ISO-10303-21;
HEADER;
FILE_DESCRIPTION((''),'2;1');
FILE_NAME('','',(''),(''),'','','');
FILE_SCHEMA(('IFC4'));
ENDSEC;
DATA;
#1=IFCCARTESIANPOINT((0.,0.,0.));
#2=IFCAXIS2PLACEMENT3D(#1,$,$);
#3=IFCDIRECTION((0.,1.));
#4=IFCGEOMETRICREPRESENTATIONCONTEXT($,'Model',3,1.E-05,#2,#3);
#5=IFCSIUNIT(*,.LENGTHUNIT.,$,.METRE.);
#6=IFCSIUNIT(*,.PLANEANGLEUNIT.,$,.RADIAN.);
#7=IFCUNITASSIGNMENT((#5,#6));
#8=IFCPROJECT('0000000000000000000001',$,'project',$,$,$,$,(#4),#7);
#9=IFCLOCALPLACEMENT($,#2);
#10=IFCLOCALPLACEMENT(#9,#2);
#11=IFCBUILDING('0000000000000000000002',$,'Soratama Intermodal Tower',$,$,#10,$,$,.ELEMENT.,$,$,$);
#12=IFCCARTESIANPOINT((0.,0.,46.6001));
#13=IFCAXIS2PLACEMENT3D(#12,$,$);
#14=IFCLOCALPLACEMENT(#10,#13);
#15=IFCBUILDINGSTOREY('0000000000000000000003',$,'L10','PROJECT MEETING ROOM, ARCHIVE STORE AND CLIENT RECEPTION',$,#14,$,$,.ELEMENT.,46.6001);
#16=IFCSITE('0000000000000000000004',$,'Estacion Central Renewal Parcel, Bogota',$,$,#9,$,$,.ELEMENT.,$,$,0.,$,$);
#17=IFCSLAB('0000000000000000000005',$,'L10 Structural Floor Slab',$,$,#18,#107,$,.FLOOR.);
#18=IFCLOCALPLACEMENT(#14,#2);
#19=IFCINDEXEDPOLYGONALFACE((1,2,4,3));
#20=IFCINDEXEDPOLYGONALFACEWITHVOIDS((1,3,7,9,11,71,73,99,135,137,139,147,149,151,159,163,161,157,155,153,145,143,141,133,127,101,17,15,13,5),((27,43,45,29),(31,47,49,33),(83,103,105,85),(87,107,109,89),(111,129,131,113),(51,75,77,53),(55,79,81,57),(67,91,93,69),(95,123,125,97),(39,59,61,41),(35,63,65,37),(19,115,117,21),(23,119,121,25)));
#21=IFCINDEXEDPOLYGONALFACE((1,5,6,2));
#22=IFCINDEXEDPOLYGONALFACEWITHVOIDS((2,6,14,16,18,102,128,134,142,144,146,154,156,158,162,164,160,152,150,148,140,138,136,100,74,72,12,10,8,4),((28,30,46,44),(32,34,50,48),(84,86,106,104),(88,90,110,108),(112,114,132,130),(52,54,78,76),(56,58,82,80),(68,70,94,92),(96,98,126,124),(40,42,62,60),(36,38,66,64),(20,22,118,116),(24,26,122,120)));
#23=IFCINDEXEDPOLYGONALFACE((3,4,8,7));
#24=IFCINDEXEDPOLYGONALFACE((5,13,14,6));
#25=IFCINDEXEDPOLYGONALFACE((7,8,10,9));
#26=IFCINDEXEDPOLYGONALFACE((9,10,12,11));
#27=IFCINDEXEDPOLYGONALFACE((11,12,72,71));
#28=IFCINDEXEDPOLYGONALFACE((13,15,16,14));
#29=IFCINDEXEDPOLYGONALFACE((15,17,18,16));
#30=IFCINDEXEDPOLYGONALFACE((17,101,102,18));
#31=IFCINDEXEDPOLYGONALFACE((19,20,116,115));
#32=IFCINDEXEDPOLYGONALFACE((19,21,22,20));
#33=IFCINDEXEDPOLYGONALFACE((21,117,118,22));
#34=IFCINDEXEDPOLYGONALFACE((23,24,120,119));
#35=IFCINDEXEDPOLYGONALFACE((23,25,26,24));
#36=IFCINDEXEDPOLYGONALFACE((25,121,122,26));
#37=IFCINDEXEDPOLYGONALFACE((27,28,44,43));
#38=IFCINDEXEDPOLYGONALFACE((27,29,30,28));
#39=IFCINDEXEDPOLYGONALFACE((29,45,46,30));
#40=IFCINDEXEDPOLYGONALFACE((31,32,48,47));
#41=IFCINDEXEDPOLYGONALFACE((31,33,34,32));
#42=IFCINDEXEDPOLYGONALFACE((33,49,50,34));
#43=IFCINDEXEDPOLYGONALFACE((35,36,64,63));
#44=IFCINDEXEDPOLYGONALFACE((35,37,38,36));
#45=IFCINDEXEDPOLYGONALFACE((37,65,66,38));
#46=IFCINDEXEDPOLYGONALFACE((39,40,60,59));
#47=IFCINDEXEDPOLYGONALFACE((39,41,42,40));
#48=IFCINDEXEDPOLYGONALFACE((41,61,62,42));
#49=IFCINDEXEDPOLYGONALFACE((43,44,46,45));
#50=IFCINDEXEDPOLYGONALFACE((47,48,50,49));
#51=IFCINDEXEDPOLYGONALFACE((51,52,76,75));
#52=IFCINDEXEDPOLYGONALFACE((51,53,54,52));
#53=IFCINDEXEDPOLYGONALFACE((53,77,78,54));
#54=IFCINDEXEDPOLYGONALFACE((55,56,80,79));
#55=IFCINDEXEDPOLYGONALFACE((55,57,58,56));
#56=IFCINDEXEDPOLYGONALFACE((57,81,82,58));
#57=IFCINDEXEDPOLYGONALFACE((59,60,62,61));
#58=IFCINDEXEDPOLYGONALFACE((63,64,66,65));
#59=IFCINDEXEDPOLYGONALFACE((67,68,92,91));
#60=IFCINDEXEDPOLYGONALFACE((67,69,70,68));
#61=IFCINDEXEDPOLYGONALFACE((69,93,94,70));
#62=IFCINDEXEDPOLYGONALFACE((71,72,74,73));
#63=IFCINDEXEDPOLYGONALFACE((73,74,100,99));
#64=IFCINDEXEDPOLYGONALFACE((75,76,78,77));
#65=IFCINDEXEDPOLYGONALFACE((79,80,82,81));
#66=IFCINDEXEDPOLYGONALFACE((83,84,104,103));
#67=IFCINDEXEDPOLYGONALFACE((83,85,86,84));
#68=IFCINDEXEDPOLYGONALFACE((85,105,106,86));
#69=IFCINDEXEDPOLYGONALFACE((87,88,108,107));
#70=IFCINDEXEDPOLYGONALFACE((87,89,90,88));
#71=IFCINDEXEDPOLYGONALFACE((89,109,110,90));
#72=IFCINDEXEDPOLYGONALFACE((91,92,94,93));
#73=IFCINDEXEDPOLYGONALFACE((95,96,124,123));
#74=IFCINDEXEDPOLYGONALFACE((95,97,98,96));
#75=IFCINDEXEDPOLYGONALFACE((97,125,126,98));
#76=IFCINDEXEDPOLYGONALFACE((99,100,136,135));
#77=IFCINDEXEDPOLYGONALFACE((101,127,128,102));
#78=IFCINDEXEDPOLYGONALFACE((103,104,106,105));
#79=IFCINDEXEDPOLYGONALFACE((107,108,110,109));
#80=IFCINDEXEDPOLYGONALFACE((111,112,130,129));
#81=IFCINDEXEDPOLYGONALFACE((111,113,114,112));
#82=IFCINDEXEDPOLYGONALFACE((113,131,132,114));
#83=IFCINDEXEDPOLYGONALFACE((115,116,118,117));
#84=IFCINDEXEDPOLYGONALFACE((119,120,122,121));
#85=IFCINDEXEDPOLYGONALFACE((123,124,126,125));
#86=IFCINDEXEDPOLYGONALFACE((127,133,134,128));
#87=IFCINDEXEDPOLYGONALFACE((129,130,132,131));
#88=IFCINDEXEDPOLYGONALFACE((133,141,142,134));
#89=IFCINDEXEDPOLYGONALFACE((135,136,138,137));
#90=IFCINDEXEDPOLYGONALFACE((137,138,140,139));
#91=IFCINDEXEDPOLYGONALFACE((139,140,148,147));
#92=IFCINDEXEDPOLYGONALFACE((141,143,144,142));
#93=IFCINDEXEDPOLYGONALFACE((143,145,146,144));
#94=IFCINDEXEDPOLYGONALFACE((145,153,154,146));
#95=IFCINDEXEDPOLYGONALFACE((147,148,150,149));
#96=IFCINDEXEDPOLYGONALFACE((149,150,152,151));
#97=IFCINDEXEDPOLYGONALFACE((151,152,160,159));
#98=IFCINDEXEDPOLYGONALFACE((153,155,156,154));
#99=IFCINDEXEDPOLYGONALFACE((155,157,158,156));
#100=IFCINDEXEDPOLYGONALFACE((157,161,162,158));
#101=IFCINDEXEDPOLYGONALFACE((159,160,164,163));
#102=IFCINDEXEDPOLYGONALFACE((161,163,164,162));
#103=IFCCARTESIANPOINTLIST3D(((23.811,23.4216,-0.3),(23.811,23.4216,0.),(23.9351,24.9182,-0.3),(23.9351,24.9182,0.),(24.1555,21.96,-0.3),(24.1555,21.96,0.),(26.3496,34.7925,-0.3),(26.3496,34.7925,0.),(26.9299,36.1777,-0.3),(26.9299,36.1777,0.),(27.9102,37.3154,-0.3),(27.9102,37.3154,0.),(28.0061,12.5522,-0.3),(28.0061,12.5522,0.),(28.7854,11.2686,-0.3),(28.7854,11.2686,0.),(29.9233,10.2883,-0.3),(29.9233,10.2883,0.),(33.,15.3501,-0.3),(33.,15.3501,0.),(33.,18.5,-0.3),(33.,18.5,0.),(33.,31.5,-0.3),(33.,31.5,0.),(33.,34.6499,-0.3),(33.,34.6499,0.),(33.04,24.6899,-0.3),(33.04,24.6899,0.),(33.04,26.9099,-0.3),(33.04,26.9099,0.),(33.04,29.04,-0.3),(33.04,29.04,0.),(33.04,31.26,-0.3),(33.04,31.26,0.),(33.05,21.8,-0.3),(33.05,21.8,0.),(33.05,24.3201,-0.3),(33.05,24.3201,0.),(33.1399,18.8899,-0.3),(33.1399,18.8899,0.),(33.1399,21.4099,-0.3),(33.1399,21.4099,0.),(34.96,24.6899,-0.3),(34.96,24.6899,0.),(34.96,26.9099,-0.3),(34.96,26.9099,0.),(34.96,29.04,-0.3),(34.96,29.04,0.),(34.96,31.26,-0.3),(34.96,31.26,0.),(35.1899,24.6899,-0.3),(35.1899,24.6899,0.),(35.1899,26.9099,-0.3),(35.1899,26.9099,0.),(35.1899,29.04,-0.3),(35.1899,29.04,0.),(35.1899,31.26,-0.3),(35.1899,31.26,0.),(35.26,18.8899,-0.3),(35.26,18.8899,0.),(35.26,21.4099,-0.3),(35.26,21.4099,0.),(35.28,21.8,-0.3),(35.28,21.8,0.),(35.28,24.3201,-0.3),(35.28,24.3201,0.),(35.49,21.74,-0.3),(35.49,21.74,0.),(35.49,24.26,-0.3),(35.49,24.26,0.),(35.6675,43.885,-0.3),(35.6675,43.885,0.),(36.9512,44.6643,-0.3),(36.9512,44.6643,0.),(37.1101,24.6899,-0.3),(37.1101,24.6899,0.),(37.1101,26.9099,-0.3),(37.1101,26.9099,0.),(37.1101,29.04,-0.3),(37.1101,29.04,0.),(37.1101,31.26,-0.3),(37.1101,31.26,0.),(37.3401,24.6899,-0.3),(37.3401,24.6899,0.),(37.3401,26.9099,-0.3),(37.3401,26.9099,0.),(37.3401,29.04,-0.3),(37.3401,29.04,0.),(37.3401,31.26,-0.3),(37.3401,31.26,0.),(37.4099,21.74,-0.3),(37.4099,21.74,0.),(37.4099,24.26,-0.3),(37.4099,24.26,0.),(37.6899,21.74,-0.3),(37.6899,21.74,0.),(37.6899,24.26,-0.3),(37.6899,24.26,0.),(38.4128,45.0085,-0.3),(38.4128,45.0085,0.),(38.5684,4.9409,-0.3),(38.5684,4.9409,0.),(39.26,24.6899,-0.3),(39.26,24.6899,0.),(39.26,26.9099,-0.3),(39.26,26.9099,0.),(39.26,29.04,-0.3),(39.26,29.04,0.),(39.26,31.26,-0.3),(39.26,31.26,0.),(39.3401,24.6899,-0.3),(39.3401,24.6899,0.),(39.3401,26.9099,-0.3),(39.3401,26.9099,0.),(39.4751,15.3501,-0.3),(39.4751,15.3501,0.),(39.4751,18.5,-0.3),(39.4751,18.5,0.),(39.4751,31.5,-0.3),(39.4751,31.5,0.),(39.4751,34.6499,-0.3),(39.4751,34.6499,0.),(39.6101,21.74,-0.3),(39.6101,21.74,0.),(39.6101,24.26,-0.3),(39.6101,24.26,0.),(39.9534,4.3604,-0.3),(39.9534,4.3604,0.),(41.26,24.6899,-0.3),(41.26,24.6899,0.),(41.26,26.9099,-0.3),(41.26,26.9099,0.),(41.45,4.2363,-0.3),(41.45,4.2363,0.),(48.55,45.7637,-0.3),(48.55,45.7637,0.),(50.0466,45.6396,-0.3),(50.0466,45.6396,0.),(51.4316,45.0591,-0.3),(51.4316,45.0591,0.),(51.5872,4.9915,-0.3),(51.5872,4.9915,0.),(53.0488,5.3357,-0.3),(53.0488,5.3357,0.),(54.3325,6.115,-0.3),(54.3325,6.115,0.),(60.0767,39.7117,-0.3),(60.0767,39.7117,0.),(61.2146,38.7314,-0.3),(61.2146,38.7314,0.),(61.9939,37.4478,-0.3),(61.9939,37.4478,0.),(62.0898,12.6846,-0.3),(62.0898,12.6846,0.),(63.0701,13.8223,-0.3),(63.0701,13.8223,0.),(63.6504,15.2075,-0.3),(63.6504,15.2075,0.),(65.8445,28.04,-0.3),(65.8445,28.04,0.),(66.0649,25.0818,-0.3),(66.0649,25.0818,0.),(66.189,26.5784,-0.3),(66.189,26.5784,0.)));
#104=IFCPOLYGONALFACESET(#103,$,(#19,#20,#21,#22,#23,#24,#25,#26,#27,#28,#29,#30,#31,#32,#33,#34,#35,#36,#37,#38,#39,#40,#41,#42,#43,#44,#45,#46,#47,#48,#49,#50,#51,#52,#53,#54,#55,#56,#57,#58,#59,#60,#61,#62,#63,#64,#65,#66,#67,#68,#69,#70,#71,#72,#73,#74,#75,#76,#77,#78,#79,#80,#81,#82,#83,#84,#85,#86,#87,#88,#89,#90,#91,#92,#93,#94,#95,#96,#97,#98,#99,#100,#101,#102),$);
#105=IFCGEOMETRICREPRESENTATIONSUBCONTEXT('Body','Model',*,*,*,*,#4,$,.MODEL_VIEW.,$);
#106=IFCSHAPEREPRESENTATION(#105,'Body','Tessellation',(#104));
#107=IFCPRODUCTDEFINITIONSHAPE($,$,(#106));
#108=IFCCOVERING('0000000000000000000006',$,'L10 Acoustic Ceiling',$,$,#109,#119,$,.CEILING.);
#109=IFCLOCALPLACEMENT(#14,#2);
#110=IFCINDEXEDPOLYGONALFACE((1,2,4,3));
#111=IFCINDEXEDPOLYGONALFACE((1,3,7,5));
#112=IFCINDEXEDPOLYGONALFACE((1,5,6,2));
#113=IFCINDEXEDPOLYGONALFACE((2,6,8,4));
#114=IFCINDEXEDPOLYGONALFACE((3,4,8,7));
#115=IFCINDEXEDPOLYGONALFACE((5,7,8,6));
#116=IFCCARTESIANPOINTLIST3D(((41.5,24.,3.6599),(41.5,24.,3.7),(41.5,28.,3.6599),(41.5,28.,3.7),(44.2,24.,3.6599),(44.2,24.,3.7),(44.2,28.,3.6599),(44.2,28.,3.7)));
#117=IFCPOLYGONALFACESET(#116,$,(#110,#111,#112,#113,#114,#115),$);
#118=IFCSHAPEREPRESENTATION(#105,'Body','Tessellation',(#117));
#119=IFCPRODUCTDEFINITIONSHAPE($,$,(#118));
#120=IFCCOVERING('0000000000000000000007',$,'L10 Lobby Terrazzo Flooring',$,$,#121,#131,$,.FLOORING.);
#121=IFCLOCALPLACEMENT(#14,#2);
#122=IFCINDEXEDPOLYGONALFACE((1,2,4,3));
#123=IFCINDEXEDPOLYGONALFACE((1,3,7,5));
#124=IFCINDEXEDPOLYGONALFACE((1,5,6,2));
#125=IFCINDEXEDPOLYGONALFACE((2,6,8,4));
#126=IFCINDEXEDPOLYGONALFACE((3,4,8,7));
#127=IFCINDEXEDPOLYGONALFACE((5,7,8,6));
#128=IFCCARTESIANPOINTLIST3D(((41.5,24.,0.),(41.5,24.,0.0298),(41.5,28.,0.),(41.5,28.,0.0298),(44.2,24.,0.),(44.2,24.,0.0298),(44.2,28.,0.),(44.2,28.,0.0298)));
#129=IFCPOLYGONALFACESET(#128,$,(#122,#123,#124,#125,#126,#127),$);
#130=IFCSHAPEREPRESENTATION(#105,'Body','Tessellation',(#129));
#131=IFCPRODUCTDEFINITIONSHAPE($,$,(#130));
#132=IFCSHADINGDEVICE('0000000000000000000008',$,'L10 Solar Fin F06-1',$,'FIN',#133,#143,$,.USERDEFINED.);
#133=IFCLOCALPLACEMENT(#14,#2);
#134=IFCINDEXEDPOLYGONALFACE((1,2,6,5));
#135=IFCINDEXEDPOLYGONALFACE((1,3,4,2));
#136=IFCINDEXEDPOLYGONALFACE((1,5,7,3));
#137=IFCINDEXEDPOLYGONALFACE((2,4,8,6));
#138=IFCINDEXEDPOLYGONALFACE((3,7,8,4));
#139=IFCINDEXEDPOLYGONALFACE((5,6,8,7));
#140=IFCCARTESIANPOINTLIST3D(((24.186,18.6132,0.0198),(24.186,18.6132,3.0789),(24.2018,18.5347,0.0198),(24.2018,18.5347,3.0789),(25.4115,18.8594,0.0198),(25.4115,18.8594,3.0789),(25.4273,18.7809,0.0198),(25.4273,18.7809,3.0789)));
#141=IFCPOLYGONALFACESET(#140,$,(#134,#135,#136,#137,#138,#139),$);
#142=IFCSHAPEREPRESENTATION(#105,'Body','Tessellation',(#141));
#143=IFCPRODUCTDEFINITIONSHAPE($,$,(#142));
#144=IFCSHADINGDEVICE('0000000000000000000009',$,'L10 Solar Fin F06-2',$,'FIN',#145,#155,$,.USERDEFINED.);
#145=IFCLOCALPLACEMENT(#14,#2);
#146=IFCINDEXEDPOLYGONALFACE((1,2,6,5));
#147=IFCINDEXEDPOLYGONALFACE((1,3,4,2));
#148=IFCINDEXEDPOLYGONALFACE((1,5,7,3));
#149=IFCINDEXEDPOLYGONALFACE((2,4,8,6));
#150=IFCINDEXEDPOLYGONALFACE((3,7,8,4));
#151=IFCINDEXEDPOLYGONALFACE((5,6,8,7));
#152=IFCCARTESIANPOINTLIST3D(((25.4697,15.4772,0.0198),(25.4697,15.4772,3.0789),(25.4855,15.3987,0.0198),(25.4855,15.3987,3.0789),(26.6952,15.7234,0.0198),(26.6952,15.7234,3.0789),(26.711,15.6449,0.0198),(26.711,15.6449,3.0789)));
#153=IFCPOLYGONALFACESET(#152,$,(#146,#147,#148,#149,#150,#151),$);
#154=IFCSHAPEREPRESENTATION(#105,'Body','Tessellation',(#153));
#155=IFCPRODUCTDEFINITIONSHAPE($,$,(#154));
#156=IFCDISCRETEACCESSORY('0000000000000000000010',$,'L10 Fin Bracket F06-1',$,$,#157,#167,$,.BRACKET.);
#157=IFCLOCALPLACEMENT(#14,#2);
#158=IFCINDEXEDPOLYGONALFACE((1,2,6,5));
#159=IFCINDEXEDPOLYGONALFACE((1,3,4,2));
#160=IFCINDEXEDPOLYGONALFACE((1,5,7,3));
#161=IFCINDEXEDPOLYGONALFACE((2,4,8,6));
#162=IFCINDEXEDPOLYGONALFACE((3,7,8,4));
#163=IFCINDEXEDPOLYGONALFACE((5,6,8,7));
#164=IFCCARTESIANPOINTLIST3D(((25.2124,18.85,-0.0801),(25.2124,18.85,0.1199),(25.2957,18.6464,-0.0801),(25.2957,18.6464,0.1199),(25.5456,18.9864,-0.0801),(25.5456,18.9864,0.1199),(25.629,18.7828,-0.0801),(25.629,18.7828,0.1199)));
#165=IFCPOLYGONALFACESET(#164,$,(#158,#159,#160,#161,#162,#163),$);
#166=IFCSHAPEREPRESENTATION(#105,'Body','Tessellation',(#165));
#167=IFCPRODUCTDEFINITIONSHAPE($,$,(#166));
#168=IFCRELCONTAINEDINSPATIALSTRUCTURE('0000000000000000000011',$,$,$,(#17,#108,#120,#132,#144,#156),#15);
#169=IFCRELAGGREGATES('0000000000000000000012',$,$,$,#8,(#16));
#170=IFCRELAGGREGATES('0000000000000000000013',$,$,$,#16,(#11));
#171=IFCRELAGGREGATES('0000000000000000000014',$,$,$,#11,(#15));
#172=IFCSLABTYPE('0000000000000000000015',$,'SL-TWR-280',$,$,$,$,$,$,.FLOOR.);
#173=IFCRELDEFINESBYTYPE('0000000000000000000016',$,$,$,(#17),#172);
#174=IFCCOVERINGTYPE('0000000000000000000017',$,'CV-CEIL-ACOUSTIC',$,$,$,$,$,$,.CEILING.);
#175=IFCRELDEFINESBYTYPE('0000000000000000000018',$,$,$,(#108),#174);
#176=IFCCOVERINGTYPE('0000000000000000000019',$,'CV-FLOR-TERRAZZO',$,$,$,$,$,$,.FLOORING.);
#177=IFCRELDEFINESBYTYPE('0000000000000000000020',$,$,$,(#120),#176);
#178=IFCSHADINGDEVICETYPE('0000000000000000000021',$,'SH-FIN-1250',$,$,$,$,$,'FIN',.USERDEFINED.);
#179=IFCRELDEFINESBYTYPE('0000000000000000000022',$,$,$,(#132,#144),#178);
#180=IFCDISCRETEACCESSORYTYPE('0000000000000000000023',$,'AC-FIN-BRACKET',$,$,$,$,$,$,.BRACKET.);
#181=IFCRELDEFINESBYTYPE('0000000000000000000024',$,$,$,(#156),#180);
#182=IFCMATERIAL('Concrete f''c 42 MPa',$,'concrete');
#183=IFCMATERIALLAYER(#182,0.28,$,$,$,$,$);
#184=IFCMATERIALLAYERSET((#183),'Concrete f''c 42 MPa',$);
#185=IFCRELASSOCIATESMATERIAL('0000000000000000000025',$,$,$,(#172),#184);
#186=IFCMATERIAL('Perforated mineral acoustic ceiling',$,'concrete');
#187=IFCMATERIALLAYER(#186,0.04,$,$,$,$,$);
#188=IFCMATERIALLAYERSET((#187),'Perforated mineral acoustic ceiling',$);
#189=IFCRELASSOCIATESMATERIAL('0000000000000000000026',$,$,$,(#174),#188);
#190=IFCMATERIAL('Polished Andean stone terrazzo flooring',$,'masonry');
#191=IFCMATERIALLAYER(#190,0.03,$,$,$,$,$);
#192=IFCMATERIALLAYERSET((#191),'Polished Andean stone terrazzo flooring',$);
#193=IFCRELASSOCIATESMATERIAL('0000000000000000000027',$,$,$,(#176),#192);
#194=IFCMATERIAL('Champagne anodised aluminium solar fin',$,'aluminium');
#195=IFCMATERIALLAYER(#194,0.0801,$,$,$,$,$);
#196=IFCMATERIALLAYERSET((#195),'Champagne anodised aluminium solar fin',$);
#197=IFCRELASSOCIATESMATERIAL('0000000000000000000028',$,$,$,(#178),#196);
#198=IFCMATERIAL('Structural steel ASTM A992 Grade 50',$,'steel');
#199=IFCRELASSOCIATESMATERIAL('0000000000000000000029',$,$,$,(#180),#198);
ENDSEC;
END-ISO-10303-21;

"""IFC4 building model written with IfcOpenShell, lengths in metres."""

from ifc_helpers import new_model, si_unit, direction, frame, origin, origin_2d, place, context, subcontext, project, spatial, polyline, rectangle, outline, extrude, material, layer, layer_set, type_object, element, save


model = new_model("IFC4")

# Units and contexts
model_context = context("Model", 3, precision=1e-05, world=origin(), true_north=direction((0.0, 1.0)))
body_context = subcontext(model_context, "Body", "Model", "MODEL_VIEW")
ifc_project = project(units=[si_unit("LENGTHUNIT", "METRE"), si_unit("PLANEANGLEUNIT", "RADIAN")], contexts=[model_context])

# Site, building, storey
site_placement = place(None, origin())
site = spatial("IfcSite", under=ifc_project, at=site_placement, Name="Estacion Central Renewal Parcel, Bogota", CompositionType="ELEMENT", RefElevation=0.0)
building_placement = place(site_placement, origin())
building = spatial("IfcBuilding", under=site, at=building_placement, Name="Soratama Intermodal Tower", CompositionType="ELEMENT")
storey_placement = place(building_placement, frame((0.0, 0.0, 46.6001)))
storey = spatial("IfcBuildingStorey", under=building, at=storey_placement, Name="L10", Description="PROJECT MEETING ROOM, ARCHIVE STORE AND CLIENT RECEPTION", CompositionType="ELEMENT", Elevation=46.6001)

# Slab
ifc_material_1 = material(Name="Concrete f'c 42 MPa", Category="concrete")
ifc_layer_1 = layer(ifc_material_1, 0.28)
ifc_layer_set_1 = layer_set([ifc_layer_1], Name="Concrete f'c 42 MPa")
slab_type_1 = type_object("IfcSlabType", Name="SL-TWR-280", PredefinedType="FLOOR", material=ifc_layer_set_1)
slab_1_placement = place(storey_placement, frame((0.0, 0.0, -0.3)))
element("IfcSlab", 1, at=slab_1_placement, inside=storey, type_object=slab_type_1, Name="L10 Structural Floor Slab", PredefinedType="FLOOR", context=body_context, shape_type="SweptSolid", body=[
    extrude(outline(polyline([(66.0649, 25.0818), (66.189, 26.5784), (65.8445, 28.04), (61.9939, 37.4478), (61.2146, 38.7314), (60.0767, 39.7117), (51.4316, 45.0591), (50.0466, 45.6396), (48.55, 45.7637), (38.4128, 45.0085), (36.9512, 44.6643), (35.6675, 43.885), (27.9102, 37.3154), (26.9299, 36.1777), (26.3496, 34.7925), (23.9351, 24.9182), (23.811, 23.4216), (24.1555, 21.96), (28.0061, 12.5522), (28.7854, 11.2686), (29.9233, 10.2883), (38.5684, 4.9409), (39.9534, 4.3604), (41.45, 4.2363), (51.5872, 4.9915), (53.0488, 5.3357), (54.3325, 6.115), (62.0898, 12.6846), (63.0701, 13.8223), (63.6504, 15.2075), (66.0649, 25.0818)]), holes=[polyline([(33.0, 18.5), (33.0, 15.3501), (39.4751, 15.3501), (39.4751, 18.5), (33.0, 18.5)]), polyline([(35.26, 18.8899), (35.26, 21.4099), (33.1399, 21.4099), (33.1399, 18.8899), (35.26, 18.8899)]), polyline([(33.05, 21.8), (35.28, 21.8), (35.28, 24.3201), (33.05, 24.3201), (33.05, 21.8)]), polyline([(34.96, 26.9099), (33.04, 26.9099), (33.04, 24.6899), (34.96, 24.6899), (34.96, 26.9099)]), polyline([(37.1101, 24.6899), (37.1101, 26.9099), (35.1899, 26.9099), (35.1899, 24.6899), (37.1101, 24.6899)]), polyline([(34.96, 29.04), (34.96, 31.26), (33.04, 31.26), (33.04, 29.04), (34.96, 29.04)]), polyline([(37.1101, 31.26), (35.1899, 31.26), (35.1899, 29.04), (37.1101, 29.04), (37.1101, 31.26)]), polyline([(37.4099, 21.74), (37.4099, 24.26), (35.49, 24.26), (35.49, 21.74), (37.4099, 21.74)]), polyline([(39.6101, 21.74), (39.6101, 24.26), (37.6899, 24.26), (37.6899, 21.74), (39.6101, 21.74)]), polyline([(39.26, 24.6899), (39.26, 26.9099), (37.3401, 26.9099), (37.3401, 24.6899), (39.26, 24.6899)]), polyline([(41.26, 24.6899), (41.26, 26.9099), (39.3401, 26.9099), (39.3401, 24.6899), (41.26, 24.6899)]), polyline([(39.26, 29.04), (39.26, 31.26), (37.3401, 31.26), (37.3401, 29.04), (39.26, 29.04)]), polyline([(39.4751, 34.6499), (33.0, 34.6499), (33.0, 31.5), (39.4751, 31.5), (39.4751, 34.6499)])]), origin(), (0.0, 0.0, 1.0), 0.3),
])

# Coverings
ifc_material_2 = material(Name="Perforated mineral acoustic ceiling", Category="concrete")
ifc_layer_2 = layer(ifc_material_2, 0.04)
ifc_layer_set_2 = layer_set([ifc_layer_2], Name="Perforated mineral acoustic ceiling")
covering_type_1 = type_object("IfcCoveringType", Name="CV-CEIL-ACOUSTIC", PredefinedType="CEILING", material=ifc_layer_set_2)
covering_1_placement = place(storey_placement, frame((0.0, 0.0, 3.6599)))
element("IfcCovering", 2, at=covering_1_placement, inside=storey, type_object=covering_type_1, Name="L10 Acoustic Ceiling", PredefinedType="CEILING", context=body_context, shape_type="SweptSolid", body=[
    extrude(outline(polyline([(41.5, 24.0), (44.2, 24.0), (44.2, 28.0), (41.5, 28.0), (41.5, 24.0)])), origin(), (0.0, 0.0, 1.0), 0.04),
])
ifc_material_3 = material(Name="Polished Andean stone terrazzo flooring", Category="masonry")
ifc_layer_3 = layer(ifc_material_3, 0.03)
ifc_layer_set_3 = layer_set([ifc_layer_3], Name="Polished Andean stone terrazzo flooring")
covering_type_2 = type_object("IfcCoveringType", Name="CV-FLOR-TERRAZZO", PredefinedType="FLOORING", material=ifc_layer_set_3)
covering_2_placement = place(storey_placement, origin())
element("IfcCovering", 3, at=covering_2_placement, inside=storey, type_object=covering_type_2, Name="L10 Lobby Terrazzo Flooring", PredefinedType="FLOORING", context=body_context, shape_type="SweptSolid", body=[
    extrude(outline(polyline([(41.5, 24.0), (44.2, 24.0), (44.2, 28.0), (41.5, 28.0), (41.5, 24.0)])), origin(), (0.0, 0.0, 1.0), 0.0298),
])

# Shading devices
ifc_material_4 = material(Name="Champagne anodised aluminium solar fin", Category="aluminium")
ifc_layer_4 = layer(ifc_material_4, 0.0801)
ifc_layer_set_4 = layer_set([ifc_layer_4], Name="Champagne anodised aluminium solar fin")
shading_device_type = type_object("IfcShadingDeviceType", Name="SH-FIN-1250", ElementType="FIN", PredefinedType="USERDEFINED", material=ifc_layer_set_4)
for number, where, z_axis, x_axis, name in (
    (4, (24.8066, 18.697, 0.0198), (0.0, 0.0, 1.0), (-0.980409, -0.196973, 0.0), "L10 Solar Fin F06-1"),
    (5, (26.0903, 15.561, 0.0198), (0.0, 0.0, 1.0), (-0.980409, -0.196973, 0.0), "L10 Solar Fin F06-2"),
):
    element("IfcShadingDevice", number, at=place(storey_placement, frame(where, z_axis=z_axis, x_axis=x_axis)), inside=storey, type_object=shading_device_type, Name=name, ObjectType="FIN", PredefinedType="USERDEFINED", context=body_context, shape_type="SweptSolid", body=[
        extrude(rectangle(XDim=1.25, YDim=0.0801, at=origin_2d()), origin(), (0.0, 0.0, 1.0), 3.0591),
    ])

# Discrete accessory
ifc_material_5 = material(Name="Structural steel ASTM A992 Grade 50", Category="steel")
discrete_accessory_type = type_object("IfcDiscreteAccessoryType", Name="AC-FIN-BRACKET", PredefinedType="BRACKET", material=ifc_material_5)
discrete_accessory_placement = place(storey_placement, frame((25.4207, 18.8164, -0.0801), z_axis=(0.0, 0.0, 1.0), x_axis=(-0.925474, -0.37881, 0.0)))
element("IfcDiscreteAccessory", 6, at=discrete_accessory_placement, inside=storey, type_object=discrete_accessory_type, Name="L10 Fin Bracket F06-1", PredefinedType="BRACKET", context=body_context, shape_type="SweptSolid", body=[
    extrude(rectangle(XDim=0.3601, YDim=0.22, at=origin_2d()), origin(), (0.0, 0.0, 1.0), 0.2),
])

save(model, "model.ifc")
